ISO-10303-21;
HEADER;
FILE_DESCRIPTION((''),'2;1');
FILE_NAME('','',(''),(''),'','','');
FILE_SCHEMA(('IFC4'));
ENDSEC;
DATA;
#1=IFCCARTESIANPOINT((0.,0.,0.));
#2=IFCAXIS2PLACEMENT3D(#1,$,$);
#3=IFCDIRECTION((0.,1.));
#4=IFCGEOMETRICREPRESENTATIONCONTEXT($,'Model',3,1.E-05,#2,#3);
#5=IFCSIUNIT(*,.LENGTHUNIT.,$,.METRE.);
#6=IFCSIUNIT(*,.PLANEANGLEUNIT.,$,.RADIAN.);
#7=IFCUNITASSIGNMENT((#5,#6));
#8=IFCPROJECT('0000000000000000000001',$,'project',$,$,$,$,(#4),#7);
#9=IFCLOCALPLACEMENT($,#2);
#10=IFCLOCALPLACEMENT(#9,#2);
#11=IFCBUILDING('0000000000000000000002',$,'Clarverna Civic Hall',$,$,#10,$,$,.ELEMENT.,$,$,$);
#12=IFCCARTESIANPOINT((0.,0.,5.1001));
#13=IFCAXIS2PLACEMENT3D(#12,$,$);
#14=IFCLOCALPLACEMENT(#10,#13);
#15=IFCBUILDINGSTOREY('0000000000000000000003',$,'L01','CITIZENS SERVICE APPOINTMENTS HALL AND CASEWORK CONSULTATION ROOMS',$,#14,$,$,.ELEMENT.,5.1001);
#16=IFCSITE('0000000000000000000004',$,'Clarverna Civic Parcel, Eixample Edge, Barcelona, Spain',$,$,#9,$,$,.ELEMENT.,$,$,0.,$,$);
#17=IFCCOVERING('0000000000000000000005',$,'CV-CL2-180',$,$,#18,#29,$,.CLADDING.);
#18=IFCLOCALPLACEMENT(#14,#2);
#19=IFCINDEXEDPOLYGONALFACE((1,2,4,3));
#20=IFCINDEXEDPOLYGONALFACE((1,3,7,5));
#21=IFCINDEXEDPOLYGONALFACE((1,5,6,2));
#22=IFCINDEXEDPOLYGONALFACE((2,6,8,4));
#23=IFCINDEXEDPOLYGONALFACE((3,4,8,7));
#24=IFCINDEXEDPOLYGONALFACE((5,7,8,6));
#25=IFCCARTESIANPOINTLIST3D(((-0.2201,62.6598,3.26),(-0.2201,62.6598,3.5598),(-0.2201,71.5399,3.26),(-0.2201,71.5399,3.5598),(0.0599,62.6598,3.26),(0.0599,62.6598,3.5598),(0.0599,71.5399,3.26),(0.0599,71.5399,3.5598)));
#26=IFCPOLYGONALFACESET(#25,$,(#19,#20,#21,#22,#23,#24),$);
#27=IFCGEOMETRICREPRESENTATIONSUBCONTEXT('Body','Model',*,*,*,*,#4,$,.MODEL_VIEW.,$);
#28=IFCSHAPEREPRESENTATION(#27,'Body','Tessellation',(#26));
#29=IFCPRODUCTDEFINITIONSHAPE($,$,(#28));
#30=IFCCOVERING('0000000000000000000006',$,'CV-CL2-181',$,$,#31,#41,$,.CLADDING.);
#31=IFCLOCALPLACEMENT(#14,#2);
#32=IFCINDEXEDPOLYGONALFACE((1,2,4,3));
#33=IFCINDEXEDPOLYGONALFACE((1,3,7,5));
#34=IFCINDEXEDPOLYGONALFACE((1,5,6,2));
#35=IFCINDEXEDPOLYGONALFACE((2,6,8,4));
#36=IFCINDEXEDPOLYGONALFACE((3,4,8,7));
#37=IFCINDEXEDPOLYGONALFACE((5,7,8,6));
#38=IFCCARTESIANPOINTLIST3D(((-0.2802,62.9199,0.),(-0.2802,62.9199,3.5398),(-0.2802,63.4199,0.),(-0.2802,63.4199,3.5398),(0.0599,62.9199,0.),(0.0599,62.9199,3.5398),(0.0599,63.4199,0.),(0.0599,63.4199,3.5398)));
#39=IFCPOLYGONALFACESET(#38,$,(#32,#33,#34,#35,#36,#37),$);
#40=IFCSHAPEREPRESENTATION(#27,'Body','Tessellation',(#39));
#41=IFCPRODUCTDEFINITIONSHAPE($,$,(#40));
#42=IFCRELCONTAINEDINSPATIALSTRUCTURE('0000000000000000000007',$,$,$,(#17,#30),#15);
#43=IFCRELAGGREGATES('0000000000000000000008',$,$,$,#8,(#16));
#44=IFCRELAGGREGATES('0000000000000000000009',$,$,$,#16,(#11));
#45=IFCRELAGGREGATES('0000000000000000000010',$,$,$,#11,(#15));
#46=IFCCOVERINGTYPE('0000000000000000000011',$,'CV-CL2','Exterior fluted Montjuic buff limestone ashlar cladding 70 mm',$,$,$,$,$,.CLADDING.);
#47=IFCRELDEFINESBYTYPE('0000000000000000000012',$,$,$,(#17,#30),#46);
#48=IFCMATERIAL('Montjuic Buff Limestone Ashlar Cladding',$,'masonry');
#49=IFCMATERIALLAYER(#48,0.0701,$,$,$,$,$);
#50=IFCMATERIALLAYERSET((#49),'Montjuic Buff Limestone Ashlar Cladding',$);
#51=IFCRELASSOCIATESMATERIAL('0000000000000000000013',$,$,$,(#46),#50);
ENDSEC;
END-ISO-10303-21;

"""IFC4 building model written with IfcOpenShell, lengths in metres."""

from ifc_helpers import new_model, si_unit, direction, frame, frame_2d, origin, place, context, subcontext, project, spatial, rectangle, extrude, material, layer, layer_set, type_object, element, save


model = new_model("IFC4")

# Units and contexts
model_context = context("Model", 3, precision=1e-05, world=origin(), true_north=direction((0.0, 1.0)))
body_context = subcontext(model_context, "Body", "Model", "MODEL_VIEW")
ifc_project = project(units=[si_unit("LENGTHUNIT", "METRE"), si_unit("PLANEANGLEUNIT", "RADIAN")], contexts=[model_context])

# Site, building, storey
site_placement = place(None, origin())
site = spatial("IfcSite", under=ifc_project, at=site_placement, Name="Clarverna Civic Parcel, Eixample Edge, Barcelona, Spain", CompositionType="ELEMENT", RefElevation=0.0)
building_placement = place(site_placement, origin())
building = spatial("IfcBuilding", under=site, at=building_placement, Name="Clarverna Civic Hall", CompositionType="ELEMENT")
storey_placement = place(building_placement, frame((0.0, 0.0, 5.1001)))
storey = spatial("IfcBuildingStorey", under=building, at=storey_placement, Name="L01", Description="CITIZENS SERVICE APPOINTMENTS HALL AND CASEWORK CONSULTATION ROOMS", CompositionType="ELEMENT", Elevation=5.1001)

# Coverings
ifc_material_1 = material(Name="Montjuic Buff Limestone Ashlar Cladding", Category="masonry")
ifc_layer_1 = layer(ifc_material_1, 0.0701)
ifc_layer_set_1 = layer_set([ifc_layer_1], Name="Montjuic Buff Limestone Ashlar Cladding")
covering_type = type_object("IfcCoveringType", Name="CV-CL2", Description="Exterior fluted Montjuic buff limestone ashlar cladding 70 mm", PredefinedType="CLADDING", material=ifc_layer_set_1)
covering_1_placement = place(storey_placement, frame((-0.0801, 62.6599, 3.26), z_axis=(0.0, 0.0, 1.0), x_axis=(0.0, 1.0, 0.0)))
element("IfcCovering", 1, at=covering_1_placement, inside=storey, type_object=covering_type, Name="CV-CL2-180", PredefinedType="CLADDING", context=body_context, shape_type="SweptSolid", body=[
    extrude(rectangle(XDim=8.8801, YDim=0.28, at=frame_2d((4.4399, 0.0))), origin(), (0.0, 0.0, 1.0), 0.2998),
])
covering_2_placement = place(storey_placement, frame((-0.1101, 62.9199, 0.0), z_axis=(0.0, 0.0, 1.0), x_axis=(0.0, 1.0, 0.0)))
element("IfcCovering", 2, at=covering_2_placement, inside=storey, type_object=covering_type, Name="CV-CL2-181", PredefinedType="CLADDING", context=body_context, shape_type="SweptSolid", body=[
    extrude(rectangle(XDim=0.5, YDim=0.3401, at=frame_2d((0.25, 0.0))), origin(), (0.0, 0.0, 1.0), 3.5398),
])

save(model, "model.ifc")
